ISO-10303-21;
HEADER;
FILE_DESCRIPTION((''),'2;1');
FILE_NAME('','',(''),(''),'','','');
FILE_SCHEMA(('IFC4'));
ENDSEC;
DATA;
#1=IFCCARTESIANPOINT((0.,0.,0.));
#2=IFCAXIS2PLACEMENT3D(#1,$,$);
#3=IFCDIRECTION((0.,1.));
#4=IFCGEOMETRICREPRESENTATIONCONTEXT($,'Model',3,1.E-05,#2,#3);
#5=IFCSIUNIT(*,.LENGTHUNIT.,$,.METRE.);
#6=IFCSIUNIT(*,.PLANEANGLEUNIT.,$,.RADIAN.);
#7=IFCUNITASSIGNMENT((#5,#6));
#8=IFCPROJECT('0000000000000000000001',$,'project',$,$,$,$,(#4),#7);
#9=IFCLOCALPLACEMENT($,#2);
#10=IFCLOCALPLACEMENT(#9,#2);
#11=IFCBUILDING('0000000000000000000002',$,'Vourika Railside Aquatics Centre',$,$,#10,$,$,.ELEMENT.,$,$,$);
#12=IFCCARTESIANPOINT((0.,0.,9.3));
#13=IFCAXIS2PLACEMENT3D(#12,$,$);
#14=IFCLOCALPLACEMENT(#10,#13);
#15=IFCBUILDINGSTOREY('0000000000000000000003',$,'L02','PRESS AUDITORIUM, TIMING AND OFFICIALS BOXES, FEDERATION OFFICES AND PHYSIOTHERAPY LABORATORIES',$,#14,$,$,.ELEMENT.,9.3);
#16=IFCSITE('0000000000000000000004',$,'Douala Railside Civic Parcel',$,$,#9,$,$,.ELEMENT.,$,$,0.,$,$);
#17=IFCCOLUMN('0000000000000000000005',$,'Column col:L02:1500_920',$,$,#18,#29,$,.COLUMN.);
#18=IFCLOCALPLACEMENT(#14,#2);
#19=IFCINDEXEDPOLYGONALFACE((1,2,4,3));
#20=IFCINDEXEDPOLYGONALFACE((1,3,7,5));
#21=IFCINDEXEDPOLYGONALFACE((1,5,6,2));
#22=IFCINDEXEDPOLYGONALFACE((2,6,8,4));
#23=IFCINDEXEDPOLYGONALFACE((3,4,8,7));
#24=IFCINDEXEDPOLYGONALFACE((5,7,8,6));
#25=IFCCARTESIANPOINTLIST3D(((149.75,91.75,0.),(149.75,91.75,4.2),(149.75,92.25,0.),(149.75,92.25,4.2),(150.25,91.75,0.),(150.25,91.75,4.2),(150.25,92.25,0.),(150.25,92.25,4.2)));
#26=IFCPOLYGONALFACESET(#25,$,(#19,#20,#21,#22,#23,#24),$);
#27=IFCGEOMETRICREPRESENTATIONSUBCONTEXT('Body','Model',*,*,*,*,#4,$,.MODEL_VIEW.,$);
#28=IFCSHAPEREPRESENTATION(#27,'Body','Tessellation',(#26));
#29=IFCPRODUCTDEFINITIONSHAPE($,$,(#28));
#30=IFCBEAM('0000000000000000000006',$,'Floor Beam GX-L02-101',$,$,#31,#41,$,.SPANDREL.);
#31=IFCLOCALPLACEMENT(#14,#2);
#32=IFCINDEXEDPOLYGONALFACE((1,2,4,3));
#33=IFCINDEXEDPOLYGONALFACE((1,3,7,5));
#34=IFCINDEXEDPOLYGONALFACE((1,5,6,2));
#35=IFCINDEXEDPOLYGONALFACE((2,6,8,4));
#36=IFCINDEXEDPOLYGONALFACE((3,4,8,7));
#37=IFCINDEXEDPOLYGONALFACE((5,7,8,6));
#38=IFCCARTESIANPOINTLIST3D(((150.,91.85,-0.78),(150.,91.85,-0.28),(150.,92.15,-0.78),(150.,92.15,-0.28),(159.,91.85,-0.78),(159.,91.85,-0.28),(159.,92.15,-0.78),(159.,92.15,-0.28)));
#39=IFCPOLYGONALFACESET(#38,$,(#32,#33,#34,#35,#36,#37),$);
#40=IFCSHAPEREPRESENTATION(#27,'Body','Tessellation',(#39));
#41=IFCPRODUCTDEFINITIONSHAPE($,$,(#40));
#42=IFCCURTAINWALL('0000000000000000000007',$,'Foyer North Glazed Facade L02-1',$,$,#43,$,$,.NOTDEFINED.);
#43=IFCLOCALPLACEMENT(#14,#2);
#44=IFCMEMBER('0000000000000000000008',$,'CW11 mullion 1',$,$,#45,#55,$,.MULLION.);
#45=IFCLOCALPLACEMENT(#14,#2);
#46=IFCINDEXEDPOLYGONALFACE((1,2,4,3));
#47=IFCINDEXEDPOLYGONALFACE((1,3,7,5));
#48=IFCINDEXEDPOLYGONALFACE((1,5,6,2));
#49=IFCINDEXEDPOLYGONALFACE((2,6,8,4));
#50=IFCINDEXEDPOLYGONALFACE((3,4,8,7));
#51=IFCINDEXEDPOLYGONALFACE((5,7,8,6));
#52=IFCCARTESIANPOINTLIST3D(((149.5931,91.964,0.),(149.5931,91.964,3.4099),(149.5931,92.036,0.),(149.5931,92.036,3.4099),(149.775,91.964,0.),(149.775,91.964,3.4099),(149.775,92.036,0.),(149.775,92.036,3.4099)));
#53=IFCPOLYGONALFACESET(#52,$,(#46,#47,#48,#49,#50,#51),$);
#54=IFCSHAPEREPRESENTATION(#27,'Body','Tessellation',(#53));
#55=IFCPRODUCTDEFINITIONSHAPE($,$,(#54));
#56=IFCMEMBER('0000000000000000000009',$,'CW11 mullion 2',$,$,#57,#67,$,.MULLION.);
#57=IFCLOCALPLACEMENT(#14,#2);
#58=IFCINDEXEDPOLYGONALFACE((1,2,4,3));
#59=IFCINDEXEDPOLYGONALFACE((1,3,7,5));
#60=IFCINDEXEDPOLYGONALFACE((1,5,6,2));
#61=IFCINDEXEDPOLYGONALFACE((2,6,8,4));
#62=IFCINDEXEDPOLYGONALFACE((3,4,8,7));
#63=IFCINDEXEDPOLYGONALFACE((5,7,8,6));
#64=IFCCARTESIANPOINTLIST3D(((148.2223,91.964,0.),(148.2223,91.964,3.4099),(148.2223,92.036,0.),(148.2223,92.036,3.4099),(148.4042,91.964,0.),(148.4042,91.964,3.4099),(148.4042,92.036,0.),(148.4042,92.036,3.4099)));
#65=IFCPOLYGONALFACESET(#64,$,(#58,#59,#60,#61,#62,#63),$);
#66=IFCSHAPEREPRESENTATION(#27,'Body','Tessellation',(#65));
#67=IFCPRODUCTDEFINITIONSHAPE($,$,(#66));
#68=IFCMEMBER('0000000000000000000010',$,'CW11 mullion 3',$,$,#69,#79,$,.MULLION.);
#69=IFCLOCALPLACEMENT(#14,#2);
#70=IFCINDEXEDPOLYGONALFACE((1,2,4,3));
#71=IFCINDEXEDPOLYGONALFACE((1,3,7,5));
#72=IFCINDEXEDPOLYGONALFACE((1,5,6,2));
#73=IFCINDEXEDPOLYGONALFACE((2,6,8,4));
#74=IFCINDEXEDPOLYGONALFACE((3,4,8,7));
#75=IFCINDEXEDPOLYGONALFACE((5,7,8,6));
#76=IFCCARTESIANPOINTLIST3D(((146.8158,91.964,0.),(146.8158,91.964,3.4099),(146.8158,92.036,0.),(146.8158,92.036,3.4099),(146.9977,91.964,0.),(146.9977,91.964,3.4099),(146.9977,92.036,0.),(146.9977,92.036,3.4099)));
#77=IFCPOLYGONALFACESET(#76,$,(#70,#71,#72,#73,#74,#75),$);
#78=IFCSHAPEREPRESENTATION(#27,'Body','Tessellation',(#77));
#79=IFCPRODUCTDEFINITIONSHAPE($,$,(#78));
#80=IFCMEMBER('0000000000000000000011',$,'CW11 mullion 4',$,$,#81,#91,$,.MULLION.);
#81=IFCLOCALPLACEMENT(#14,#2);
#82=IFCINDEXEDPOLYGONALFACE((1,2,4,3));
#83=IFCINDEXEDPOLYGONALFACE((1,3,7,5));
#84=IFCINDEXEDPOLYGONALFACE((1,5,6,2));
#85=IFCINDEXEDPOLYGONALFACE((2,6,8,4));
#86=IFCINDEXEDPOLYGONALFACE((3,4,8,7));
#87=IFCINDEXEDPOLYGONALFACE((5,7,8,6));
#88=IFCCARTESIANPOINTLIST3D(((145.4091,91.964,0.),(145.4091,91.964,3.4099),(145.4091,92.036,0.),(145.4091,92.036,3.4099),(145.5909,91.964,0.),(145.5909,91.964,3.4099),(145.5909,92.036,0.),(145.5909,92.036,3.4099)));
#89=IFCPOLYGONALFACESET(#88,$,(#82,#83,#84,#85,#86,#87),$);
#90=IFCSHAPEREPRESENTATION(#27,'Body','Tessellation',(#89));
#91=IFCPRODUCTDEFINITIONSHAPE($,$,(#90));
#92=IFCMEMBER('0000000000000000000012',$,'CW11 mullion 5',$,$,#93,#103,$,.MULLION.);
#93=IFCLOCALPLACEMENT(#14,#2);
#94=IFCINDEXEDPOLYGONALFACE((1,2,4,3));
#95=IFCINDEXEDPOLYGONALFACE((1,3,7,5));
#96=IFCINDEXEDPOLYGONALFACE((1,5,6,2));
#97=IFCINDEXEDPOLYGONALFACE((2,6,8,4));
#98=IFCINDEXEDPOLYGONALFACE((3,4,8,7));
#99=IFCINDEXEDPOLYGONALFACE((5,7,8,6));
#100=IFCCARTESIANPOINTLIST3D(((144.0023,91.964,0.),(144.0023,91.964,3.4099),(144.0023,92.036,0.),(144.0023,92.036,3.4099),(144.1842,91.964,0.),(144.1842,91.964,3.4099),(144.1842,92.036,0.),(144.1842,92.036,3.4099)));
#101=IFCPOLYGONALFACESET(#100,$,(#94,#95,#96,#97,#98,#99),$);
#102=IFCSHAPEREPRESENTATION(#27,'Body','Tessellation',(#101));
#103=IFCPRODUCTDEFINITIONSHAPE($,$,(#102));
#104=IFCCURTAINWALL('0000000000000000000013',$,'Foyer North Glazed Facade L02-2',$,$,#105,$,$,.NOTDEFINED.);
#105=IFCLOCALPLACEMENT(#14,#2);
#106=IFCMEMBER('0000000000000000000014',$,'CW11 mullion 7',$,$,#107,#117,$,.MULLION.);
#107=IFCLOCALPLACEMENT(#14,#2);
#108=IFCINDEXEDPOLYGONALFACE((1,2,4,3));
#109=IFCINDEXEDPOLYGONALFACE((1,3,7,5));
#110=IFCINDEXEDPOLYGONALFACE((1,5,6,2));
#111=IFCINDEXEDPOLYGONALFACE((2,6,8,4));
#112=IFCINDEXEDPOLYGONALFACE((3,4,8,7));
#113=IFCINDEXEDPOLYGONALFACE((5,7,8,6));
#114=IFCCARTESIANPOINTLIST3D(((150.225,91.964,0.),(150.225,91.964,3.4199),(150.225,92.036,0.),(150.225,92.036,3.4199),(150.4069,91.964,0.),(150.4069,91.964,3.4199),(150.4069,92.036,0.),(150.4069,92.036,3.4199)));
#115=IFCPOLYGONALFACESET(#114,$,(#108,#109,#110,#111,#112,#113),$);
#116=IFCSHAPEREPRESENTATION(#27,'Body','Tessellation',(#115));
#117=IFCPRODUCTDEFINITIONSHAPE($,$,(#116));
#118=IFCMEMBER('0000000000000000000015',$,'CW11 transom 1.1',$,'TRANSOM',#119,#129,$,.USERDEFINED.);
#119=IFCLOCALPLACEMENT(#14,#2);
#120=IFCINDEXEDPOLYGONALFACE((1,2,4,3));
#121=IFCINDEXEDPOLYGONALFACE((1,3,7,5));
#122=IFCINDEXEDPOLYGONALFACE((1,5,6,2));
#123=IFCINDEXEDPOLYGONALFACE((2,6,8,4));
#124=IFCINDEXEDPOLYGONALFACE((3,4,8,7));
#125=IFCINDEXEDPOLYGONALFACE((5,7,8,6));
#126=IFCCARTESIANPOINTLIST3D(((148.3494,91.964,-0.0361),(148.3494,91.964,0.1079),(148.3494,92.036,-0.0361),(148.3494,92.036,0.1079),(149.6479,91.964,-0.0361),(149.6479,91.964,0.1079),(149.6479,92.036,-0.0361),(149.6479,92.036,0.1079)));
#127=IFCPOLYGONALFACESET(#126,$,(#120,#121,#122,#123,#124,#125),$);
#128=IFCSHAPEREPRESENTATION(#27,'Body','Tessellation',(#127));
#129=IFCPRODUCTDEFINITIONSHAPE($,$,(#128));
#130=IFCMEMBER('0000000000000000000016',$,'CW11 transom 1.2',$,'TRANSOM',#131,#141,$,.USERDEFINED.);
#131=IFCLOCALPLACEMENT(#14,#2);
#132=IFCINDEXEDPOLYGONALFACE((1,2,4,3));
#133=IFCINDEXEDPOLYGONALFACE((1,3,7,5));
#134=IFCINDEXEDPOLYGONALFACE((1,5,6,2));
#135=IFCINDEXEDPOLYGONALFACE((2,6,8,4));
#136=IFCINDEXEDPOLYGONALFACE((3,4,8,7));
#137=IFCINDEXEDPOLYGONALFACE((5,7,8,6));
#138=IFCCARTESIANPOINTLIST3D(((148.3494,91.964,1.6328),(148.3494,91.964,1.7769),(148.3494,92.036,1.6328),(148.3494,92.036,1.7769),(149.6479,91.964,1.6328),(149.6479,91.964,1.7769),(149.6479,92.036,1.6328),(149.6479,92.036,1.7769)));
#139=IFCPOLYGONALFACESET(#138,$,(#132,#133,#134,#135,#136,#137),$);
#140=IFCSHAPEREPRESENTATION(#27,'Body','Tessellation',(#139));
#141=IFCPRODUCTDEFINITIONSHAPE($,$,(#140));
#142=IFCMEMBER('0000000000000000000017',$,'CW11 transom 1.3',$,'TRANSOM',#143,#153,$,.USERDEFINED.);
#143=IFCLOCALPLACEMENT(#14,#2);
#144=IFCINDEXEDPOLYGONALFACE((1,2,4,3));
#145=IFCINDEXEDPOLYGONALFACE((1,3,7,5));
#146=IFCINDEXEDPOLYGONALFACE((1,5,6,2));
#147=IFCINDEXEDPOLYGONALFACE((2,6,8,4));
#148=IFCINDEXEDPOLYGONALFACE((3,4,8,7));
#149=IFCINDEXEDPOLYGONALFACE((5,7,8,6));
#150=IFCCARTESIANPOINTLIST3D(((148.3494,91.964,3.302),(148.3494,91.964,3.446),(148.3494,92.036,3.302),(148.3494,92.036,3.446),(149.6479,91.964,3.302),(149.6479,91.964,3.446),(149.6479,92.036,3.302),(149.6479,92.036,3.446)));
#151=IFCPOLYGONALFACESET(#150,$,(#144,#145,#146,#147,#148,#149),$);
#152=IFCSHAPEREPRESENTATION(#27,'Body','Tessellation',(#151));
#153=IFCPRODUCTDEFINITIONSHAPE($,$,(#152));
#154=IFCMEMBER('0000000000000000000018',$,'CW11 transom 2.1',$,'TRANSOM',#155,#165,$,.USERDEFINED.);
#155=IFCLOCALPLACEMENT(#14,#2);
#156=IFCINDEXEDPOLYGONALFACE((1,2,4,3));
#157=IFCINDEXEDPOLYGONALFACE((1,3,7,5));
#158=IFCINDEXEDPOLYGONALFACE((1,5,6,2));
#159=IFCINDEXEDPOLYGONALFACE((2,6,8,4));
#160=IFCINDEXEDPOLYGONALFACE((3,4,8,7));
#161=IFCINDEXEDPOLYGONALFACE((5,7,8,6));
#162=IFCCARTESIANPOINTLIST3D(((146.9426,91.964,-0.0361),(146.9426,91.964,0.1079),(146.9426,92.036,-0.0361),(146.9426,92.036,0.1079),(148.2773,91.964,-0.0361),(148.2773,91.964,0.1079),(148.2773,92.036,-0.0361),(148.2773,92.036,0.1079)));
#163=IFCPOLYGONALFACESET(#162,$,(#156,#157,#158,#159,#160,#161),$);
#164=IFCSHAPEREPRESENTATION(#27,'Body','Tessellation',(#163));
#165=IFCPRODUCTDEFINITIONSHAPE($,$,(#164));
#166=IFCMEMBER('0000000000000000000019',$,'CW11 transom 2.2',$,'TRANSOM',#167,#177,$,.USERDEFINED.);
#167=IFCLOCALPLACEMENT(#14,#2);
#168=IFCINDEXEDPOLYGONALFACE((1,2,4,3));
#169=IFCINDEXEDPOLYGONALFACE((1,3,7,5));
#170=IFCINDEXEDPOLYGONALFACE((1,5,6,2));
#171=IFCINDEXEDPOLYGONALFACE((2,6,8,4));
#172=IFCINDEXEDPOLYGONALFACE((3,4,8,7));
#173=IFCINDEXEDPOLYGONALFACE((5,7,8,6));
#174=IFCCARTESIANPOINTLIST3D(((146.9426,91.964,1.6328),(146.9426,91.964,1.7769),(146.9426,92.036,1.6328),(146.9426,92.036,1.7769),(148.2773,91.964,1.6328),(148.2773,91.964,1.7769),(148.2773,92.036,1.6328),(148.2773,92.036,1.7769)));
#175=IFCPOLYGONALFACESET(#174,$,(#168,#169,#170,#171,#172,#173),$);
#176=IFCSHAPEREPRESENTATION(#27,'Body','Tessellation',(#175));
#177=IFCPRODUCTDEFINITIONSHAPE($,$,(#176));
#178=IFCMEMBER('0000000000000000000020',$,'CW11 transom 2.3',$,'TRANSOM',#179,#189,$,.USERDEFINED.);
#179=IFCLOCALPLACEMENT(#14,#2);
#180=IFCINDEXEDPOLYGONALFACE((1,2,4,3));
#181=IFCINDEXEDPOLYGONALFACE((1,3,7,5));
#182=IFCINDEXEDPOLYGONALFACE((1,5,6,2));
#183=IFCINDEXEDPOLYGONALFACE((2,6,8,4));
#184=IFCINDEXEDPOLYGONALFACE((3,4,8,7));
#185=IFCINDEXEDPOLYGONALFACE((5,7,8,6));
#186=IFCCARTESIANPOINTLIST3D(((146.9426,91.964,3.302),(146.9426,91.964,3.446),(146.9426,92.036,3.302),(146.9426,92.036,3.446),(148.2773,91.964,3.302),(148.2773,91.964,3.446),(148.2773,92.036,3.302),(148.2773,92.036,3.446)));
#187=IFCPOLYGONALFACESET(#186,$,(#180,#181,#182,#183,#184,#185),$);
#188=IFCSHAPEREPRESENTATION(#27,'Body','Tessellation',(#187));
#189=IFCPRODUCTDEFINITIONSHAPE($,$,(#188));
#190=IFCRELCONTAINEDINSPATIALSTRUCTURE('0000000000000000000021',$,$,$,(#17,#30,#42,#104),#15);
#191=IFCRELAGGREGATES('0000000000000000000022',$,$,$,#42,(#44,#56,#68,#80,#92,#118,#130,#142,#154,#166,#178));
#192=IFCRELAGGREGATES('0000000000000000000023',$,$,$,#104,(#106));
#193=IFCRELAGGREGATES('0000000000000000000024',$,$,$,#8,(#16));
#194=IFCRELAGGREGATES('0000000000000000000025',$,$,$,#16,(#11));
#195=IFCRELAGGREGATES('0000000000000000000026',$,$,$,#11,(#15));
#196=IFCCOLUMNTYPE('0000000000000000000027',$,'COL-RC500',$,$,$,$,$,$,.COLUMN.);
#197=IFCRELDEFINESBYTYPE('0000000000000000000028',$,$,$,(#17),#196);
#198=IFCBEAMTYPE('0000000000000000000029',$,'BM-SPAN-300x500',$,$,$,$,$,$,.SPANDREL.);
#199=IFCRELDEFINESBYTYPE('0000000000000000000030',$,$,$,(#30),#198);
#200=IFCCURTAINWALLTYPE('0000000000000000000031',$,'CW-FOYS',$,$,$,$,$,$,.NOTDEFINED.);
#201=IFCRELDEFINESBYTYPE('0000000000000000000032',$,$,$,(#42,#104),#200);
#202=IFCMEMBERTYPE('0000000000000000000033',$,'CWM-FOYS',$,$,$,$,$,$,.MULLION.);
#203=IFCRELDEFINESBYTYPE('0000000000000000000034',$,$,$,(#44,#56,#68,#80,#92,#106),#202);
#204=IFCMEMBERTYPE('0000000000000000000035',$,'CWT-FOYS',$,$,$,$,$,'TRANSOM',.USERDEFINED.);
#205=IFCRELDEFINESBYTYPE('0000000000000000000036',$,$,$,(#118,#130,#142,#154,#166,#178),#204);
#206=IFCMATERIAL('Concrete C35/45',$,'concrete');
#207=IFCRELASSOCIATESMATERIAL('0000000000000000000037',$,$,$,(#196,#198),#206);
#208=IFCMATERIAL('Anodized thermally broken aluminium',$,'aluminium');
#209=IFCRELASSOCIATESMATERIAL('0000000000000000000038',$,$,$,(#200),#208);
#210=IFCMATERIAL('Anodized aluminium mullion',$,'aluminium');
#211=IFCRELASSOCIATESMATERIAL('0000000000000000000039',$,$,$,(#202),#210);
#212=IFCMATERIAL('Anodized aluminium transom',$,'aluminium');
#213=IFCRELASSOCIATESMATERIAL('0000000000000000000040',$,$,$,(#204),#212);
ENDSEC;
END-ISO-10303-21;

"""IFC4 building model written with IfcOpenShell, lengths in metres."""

from ifc_helpers import new_model, si_unit, direction, frame, origin, origin_2d, place, context, subcontext, project, spatial, rectangle, extrude, material, material_profile, profile_set, type_object, element, aggregate, save


model = new_model("IFC4")

# Units and contexts
model_context = context("Model", 3, precision=1e-05, world=origin(), true_north=direction((0.0, 1.0)))
body_context = subcontext(model_context, "Body", "Model", "MODEL_VIEW")
ifc_project = project(units=[si_unit("LENGTHUNIT", "METRE"), si_unit("PLANEANGLEUNIT", "RADIAN")], contexts=[model_context])

# Site, building, storey
site_placement = place(None, origin())
site = spatial("IfcSite", under=ifc_project, at=site_placement, Name="Douala Railside Civic Parcel", CompositionType="ELEMENT", RefElevation=0.0)
building_placement = place(site_placement, origin())
building = spatial("IfcBuilding", under=site, at=building_placement, Name="Vourika Railside Aquatics Centre", CompositionType="ELEMENT")
storey_placement = place(building_placement, frame((0.0, 0.0, 9.3)))
storey = spatial("IfcBuildingStorey", under=building, at=storey_placement, Name="L02", Description="PRESS AUDITORIUM, TIMING AND OFFICIALS BOXES, FEDERATION OFFICES AND PHYSIOTHERAPY LABORATORIES", CompositionType="ELEMENT", Elevation=9.3)

# Column
ifc_material_1 = material(Name="Concrete C35/45", Category="concrete")
ifc_material_profile_1 = material_profile(ifc_material_1, rectangle(XDim=0.5, YDim=0.5, at=origin_2d()), Name="RC 500x500")
ifc_profile_set_1 = profile_set([ifc_material_profile_1], Name="Concrete C35/45")
column_type = type_object("IfcColumnType", Name="COL-RC500", PredefinedType="COLUMN", material=ifc_profile_set_1)
column_placement = place(storey_placement, frame((150.0, 92.0, 0.0), z_axis=(0.0, 0.0, 1.0), x_axis=(1.0, 0.0, 0.0)))
element("IfcColumn", 1, at=column_placement, inside=storey, type_object=column_type, Name="Column col:L02:1500_920", PredefinedType="COLUMN", context=body_context, shape_type="SweptSolid", body=[
    extrude(rectangle(XDim=0.5, YDim=0.5, at=origin_2d()), origin(), (0.0, 0.0, 1.0), 4.2),
])

# Beam
ifc_material_profile_2 = material_profile(ifc_material_1, rectangle(XDim=0.3, YDim=0.5, at=origin_2d()), Name="RC 300x500")
ifc_profile_set_2 = profile_set([ifc_material_profile_2], Name="Concrete C35/45")
beam_type = type_object("IfcBeamType", Name="BM-SPAN-300x500", PredefinedType="SPANDREL", material=ifc_profile_set_2)
beam_placement = place(storey_placement, frame((150.0, 92.0, -0.53), z_axis=(1.0, 0.0, 0.0), x_axis=(0.0, 1.0, 0.0)))
element("IfcBeam", 2, at=beam_placement, inside=storey, type_object=beam_type, Name="Floor Beam GX-L02-101", PredefinedType="SPANDREL", context=body_context, shape_type="SweptSolid", body=[
    extrude(rectangle(XDim=0.3, YDim=0.5, at=origin_2d()), origin(), (0.0, 0.0, 1.0), 9.0),
])

# Curtain wall, members
ifc_material_2 = material(Name="Anodized thermally broken aluminium", Category="aluminium")
curtain_wall_type = type_object("IfcCurtainWallType", Name="CW-FOYS", PredefinedType="NOTDEFINED", material=ifc_material_2)
curtain_wall_1_placement = place(storey_placement, origin())
curtain_wall_1 = element("IfcCurtainWall", 3, at=curtain_wall_1_placement, inside=storey, type_object=curtain_wall_type, Name="Foyer North Glazed Facade L02-1", PredefinedType="NOTDEFINED")
ifc_material_3 = material(Name="Anodized aluminium mullion", Category="aluminium")
ifc_material_profile_3 = material_profile(ifc_material_3, rectangle(XDim=0.072, YDim=0.1819, at=origin_2d()), Name="ALU-M 72x182")
ifc_profile_set_3 = profile_set([ifc_material_profile_3], Name="Anodized aluminium mullion")
member_type_1 = type_object("IfcMemberType", Name="CWM-FOYS", PredefinedType="MULLION", material=ifc_profile_set_3)
member_1_placement = place(storey_placement, frame((149.6841, 92.0, 0.0), z_axis=(0.0, 0.0, 1.0), x_axis=(0.0, -1.0, 0.0)))
member_1 = element("IfcMember", 4, at=member_1_placement, type_object=member_type_1, Name="CW11 mullion 1", PredefinedType="MULLION", context=body_context, shape_type="SweptSolid", body=[
    extrude(rectangle(XDim=0.072, YDim=0.1819, at=origin_2d()), origin(), (0.0, 0.0, 1.0), 3.4099),
])
member_2_placement = place(storey_placement, frame((148.3132, 92.0, 0.0), z_axis=(0.0, 0.0, 1.0), x_axis=(0.0, -1.0, 0.0)))
member_2 = element("IfcMember", 5, at=member_2_placement, type_object=member_type_1, Name="CW11 mullion 2", PredefinedType="MULLION", context=body_context, shape_type="SweptSolid", body=[
    extrude(rectangle(XDim=0.072, YDim=0.1819, at=origin_2d()), origin(), (0.0, 0.0, 1.0), 3.4099),
])
member_3_placement = place(storey_placement, frame((146.9067, 92.0, 0.0), z_axis=(0.0, 0.0, 1.0), x_axis=(0.0, -1.0, 0.0)))
member_3 = element("IfcMember", 6, at=member_3_placement, type_object=member_type_1, Name="CW11 mullion 3", PredefinedType="MULLION", context=body_context, shape_type="SweptSolid", body=[
    extrude(rectangle(XDim=0.072, YDim=0.1819, at=origin_2d()), origin(), (0.0, 0.0, 1.0), 3.4099),
])
member_4_placement = place(storey_placement, frame((145.5, 92.0, 0.0), z_axis=(0.0, 0.0, 1.0), x_axis=(0.0, -1.0, 0.0)))
member_4 = element("IfcMember", 7, at=member_4_placement, type_object=member_type_1, Name="CW11 mullion 4", PredefinedType="MULLION", context=body_context, shape_type="SweptSolid", body=[
    extrude(rectangle(XDim=0.072, YDim=0.1819, at=origin_2d()), origin(), (0.0, 0.0, 1.0), 3.4099),
])
member_5_placement = place(storey_placement, frame((144.0933, 92.0, 0.0), z_axis=(0.0, 0.0, 1.0), x_axis=(0.0, -1.0, 0.0)))
member_5 = element("IfcMember", 8, at=member_5_placement, type_object=member_type_1, Name="CW11 mullion 5", PredefinedType="MULLION", context=body_context, shape_type="SweptSolid", body=[
    extrude(rectangle(XDim=0.072, YDim=0.1819, at=origin_2d()), origin(), (0.0, 0.0, 1.0), 3.4099),
])

# Curtain wall, member
curtain_wall_2_placement = place(storey_placement, origin())
curtain_wall_2 = element("IfcCurtainWall", 9, at=curtain_wall_2_placement, inside=storey, type_object=curtain_wall_type, Name="Foyer North Glazed Facade L02-2", PredefinedType="NOTDEFINED")
member_6_placement = place(storey_placement, frame((150.3159, 92.0, 0.0), z_axis=(0.0, 0.0, 1.0), x_axis=(0.0, -1.0, 0.0)))
member_6 = element("IfcMember", 10, at=member_6_placement, type_object=member_type_1, Name="CW11 mullion 7", PredefinedType="MULLION", context=body_context, shape_type="SweptSolid", body=[
    extrude(rectangle(XDim=0.072, YDim=0.1819, at=origin_2d()), origin(), (0.0, 0.0, 1.0), 3.4199),
])

# Members
ifc_material_4 = material(Name="Anodized aluminium transom", Category="aluminium")
ifc_material_profile_4 = material_profile(ifc_material_4, rectangle(XDim=0.072, YDim=0.144, at=origin_2d()), Name="ALU-T 72x144")
ifc_profile_set_4 = profile_set([ifc_material_profile_4], Name="Anodized aluminium transom")
member_type_2 = type_object("IfcMemberType", Name="CWT-FOYS", ElementType="TRANSOM", PredefinedType="USERDEFINED", material=ifc_profile_set_4)
member_7_placement = place(storey_placement, frame((149.6479, 92.0, 0.0359), z_axis=(-1.0, 0.0, 0.0), x_axis=(0.0, -1.0, 0.0)))
member_7 = element("IfcMember", 11, at=member_7_placement, type_object=member_type_2, Name="CW11 transom 1.1", ObjectType="TRANSOM", PredefinedType="USERDEFINED", context=body_context, shape_type="SweptSolid", body=[
    extrude(rectangle(XDim=0.072, YDim=0.144, at=origin_2d()), origin(), (0.0, 0.0, 1.0), 1.2986),
])
member_8_placement = place(storey_placement, frame((149.6479, 92.0, 1.7048), z_axis=(-1.0, 0.0, 0.0), x_axis=(0.0, -1.0, 0.0)))
member_8 = element("IfcMember", 12, at=member_8_placement, type_object=member_type_2, Name="CW11 transom 1.2", ObjectType="TRANSOM", PredefinedType="USERDEFINED", context=body_context, shape_type="SweptSolid", body=[
    extrude(rectangle(XDim=0.072, YDim=0.144, at=origin_2d()), origin(), (0.0, 0.0, 1.0), 1.2986),
])
member_9_placement = place(storey_placement, frame((149.6479, 92.0, 3.374), z_axis=(-1.0, 0.0, 0.0), x_axis=(0.0, -1.0, 0.0)))
member_9 = element("IfcMember", 13, at=member_9_placement, type_object=member_type_2, Name="CW11 transom 1.3", ObjectType="TRANSOM", PredefinedType="USERDEFINED", context=body_context, shape_type="SweptSolid", body=[
    extrude(rectangle(XDim=0.072, YDim=0.144, at=origin_2d()), origin(), (0.0, 0.0, 1.0), 1.2986),
])
member_10_placement = place(storey_placement, frame((148.2773, 92.0, 0.0359), z_axis=(-1.0, 0.0, 0.0), x_axis=(0.0, -1.0, 0.0)))
member_10 = element("IfcMember", 14, at=member_10_placement, type_object=member_type_2, Name="CW11 transom 2.1", ObjectType="TRANSOM", PredefinedType="USERDEFINED", context=body_context, shape_type="SweptSolid", body=[
    extrude(rectangle(XDim=0.072, YDim=0.144, at=origin_2d()), origin(), (0.0, 0.0, 1.0), 1.3347),
])
member_11_placement = place(storey_placement, frame((148.2773, 92.0, 1.7048), z_axis=(-1.0, 0.0, 0.0), x_axis=(0.0, -1.0, 0.0)))
member_11 = element("IfcMember", 15, at=member_11_placement, type_object=member_type_2, Name="CW11 transom 2.2", ObjectType="TRANSOM", PredefinedType="USERDEFINED", context=body_context, shape_type="SweptSolid", body=[
    extrude(rectangle(XDim=0.072, YDim=0.144, at=origin_2d()), origin(), (0.0, 0.0, 1.0), 1.3347),
])
member_12_placement = place(storey_placement, frame((148.2773, 92.0, 3.374), z_axis=(-1.0, 0.0, 0.0), x_axis=(0.0, -1.0, 0.0)))
member_12 = element("IfcMember", 16, at=member_12_placement, type_object=member_type_2, Name="CW11 transom 2.3", ObjectType="TRANSOM", PredefinedType="USERDEFINED", context=body_context, shape_type="SweptSolid", body=[
    extrude(rectangle(XDim=0.072, YDim=0.144, at=origin_2d()), origin(), (0.0, 0.0, 1.0), 1.3347),
])

aggregate(curtain_wall_1, [member_1, member_2, member_3, member_4, member_5, member_7, member_8, member_9, member_10, member_11, member_12])
aggregate(curtain_wall_2, [member_6])

save(model, "model.ifc")
